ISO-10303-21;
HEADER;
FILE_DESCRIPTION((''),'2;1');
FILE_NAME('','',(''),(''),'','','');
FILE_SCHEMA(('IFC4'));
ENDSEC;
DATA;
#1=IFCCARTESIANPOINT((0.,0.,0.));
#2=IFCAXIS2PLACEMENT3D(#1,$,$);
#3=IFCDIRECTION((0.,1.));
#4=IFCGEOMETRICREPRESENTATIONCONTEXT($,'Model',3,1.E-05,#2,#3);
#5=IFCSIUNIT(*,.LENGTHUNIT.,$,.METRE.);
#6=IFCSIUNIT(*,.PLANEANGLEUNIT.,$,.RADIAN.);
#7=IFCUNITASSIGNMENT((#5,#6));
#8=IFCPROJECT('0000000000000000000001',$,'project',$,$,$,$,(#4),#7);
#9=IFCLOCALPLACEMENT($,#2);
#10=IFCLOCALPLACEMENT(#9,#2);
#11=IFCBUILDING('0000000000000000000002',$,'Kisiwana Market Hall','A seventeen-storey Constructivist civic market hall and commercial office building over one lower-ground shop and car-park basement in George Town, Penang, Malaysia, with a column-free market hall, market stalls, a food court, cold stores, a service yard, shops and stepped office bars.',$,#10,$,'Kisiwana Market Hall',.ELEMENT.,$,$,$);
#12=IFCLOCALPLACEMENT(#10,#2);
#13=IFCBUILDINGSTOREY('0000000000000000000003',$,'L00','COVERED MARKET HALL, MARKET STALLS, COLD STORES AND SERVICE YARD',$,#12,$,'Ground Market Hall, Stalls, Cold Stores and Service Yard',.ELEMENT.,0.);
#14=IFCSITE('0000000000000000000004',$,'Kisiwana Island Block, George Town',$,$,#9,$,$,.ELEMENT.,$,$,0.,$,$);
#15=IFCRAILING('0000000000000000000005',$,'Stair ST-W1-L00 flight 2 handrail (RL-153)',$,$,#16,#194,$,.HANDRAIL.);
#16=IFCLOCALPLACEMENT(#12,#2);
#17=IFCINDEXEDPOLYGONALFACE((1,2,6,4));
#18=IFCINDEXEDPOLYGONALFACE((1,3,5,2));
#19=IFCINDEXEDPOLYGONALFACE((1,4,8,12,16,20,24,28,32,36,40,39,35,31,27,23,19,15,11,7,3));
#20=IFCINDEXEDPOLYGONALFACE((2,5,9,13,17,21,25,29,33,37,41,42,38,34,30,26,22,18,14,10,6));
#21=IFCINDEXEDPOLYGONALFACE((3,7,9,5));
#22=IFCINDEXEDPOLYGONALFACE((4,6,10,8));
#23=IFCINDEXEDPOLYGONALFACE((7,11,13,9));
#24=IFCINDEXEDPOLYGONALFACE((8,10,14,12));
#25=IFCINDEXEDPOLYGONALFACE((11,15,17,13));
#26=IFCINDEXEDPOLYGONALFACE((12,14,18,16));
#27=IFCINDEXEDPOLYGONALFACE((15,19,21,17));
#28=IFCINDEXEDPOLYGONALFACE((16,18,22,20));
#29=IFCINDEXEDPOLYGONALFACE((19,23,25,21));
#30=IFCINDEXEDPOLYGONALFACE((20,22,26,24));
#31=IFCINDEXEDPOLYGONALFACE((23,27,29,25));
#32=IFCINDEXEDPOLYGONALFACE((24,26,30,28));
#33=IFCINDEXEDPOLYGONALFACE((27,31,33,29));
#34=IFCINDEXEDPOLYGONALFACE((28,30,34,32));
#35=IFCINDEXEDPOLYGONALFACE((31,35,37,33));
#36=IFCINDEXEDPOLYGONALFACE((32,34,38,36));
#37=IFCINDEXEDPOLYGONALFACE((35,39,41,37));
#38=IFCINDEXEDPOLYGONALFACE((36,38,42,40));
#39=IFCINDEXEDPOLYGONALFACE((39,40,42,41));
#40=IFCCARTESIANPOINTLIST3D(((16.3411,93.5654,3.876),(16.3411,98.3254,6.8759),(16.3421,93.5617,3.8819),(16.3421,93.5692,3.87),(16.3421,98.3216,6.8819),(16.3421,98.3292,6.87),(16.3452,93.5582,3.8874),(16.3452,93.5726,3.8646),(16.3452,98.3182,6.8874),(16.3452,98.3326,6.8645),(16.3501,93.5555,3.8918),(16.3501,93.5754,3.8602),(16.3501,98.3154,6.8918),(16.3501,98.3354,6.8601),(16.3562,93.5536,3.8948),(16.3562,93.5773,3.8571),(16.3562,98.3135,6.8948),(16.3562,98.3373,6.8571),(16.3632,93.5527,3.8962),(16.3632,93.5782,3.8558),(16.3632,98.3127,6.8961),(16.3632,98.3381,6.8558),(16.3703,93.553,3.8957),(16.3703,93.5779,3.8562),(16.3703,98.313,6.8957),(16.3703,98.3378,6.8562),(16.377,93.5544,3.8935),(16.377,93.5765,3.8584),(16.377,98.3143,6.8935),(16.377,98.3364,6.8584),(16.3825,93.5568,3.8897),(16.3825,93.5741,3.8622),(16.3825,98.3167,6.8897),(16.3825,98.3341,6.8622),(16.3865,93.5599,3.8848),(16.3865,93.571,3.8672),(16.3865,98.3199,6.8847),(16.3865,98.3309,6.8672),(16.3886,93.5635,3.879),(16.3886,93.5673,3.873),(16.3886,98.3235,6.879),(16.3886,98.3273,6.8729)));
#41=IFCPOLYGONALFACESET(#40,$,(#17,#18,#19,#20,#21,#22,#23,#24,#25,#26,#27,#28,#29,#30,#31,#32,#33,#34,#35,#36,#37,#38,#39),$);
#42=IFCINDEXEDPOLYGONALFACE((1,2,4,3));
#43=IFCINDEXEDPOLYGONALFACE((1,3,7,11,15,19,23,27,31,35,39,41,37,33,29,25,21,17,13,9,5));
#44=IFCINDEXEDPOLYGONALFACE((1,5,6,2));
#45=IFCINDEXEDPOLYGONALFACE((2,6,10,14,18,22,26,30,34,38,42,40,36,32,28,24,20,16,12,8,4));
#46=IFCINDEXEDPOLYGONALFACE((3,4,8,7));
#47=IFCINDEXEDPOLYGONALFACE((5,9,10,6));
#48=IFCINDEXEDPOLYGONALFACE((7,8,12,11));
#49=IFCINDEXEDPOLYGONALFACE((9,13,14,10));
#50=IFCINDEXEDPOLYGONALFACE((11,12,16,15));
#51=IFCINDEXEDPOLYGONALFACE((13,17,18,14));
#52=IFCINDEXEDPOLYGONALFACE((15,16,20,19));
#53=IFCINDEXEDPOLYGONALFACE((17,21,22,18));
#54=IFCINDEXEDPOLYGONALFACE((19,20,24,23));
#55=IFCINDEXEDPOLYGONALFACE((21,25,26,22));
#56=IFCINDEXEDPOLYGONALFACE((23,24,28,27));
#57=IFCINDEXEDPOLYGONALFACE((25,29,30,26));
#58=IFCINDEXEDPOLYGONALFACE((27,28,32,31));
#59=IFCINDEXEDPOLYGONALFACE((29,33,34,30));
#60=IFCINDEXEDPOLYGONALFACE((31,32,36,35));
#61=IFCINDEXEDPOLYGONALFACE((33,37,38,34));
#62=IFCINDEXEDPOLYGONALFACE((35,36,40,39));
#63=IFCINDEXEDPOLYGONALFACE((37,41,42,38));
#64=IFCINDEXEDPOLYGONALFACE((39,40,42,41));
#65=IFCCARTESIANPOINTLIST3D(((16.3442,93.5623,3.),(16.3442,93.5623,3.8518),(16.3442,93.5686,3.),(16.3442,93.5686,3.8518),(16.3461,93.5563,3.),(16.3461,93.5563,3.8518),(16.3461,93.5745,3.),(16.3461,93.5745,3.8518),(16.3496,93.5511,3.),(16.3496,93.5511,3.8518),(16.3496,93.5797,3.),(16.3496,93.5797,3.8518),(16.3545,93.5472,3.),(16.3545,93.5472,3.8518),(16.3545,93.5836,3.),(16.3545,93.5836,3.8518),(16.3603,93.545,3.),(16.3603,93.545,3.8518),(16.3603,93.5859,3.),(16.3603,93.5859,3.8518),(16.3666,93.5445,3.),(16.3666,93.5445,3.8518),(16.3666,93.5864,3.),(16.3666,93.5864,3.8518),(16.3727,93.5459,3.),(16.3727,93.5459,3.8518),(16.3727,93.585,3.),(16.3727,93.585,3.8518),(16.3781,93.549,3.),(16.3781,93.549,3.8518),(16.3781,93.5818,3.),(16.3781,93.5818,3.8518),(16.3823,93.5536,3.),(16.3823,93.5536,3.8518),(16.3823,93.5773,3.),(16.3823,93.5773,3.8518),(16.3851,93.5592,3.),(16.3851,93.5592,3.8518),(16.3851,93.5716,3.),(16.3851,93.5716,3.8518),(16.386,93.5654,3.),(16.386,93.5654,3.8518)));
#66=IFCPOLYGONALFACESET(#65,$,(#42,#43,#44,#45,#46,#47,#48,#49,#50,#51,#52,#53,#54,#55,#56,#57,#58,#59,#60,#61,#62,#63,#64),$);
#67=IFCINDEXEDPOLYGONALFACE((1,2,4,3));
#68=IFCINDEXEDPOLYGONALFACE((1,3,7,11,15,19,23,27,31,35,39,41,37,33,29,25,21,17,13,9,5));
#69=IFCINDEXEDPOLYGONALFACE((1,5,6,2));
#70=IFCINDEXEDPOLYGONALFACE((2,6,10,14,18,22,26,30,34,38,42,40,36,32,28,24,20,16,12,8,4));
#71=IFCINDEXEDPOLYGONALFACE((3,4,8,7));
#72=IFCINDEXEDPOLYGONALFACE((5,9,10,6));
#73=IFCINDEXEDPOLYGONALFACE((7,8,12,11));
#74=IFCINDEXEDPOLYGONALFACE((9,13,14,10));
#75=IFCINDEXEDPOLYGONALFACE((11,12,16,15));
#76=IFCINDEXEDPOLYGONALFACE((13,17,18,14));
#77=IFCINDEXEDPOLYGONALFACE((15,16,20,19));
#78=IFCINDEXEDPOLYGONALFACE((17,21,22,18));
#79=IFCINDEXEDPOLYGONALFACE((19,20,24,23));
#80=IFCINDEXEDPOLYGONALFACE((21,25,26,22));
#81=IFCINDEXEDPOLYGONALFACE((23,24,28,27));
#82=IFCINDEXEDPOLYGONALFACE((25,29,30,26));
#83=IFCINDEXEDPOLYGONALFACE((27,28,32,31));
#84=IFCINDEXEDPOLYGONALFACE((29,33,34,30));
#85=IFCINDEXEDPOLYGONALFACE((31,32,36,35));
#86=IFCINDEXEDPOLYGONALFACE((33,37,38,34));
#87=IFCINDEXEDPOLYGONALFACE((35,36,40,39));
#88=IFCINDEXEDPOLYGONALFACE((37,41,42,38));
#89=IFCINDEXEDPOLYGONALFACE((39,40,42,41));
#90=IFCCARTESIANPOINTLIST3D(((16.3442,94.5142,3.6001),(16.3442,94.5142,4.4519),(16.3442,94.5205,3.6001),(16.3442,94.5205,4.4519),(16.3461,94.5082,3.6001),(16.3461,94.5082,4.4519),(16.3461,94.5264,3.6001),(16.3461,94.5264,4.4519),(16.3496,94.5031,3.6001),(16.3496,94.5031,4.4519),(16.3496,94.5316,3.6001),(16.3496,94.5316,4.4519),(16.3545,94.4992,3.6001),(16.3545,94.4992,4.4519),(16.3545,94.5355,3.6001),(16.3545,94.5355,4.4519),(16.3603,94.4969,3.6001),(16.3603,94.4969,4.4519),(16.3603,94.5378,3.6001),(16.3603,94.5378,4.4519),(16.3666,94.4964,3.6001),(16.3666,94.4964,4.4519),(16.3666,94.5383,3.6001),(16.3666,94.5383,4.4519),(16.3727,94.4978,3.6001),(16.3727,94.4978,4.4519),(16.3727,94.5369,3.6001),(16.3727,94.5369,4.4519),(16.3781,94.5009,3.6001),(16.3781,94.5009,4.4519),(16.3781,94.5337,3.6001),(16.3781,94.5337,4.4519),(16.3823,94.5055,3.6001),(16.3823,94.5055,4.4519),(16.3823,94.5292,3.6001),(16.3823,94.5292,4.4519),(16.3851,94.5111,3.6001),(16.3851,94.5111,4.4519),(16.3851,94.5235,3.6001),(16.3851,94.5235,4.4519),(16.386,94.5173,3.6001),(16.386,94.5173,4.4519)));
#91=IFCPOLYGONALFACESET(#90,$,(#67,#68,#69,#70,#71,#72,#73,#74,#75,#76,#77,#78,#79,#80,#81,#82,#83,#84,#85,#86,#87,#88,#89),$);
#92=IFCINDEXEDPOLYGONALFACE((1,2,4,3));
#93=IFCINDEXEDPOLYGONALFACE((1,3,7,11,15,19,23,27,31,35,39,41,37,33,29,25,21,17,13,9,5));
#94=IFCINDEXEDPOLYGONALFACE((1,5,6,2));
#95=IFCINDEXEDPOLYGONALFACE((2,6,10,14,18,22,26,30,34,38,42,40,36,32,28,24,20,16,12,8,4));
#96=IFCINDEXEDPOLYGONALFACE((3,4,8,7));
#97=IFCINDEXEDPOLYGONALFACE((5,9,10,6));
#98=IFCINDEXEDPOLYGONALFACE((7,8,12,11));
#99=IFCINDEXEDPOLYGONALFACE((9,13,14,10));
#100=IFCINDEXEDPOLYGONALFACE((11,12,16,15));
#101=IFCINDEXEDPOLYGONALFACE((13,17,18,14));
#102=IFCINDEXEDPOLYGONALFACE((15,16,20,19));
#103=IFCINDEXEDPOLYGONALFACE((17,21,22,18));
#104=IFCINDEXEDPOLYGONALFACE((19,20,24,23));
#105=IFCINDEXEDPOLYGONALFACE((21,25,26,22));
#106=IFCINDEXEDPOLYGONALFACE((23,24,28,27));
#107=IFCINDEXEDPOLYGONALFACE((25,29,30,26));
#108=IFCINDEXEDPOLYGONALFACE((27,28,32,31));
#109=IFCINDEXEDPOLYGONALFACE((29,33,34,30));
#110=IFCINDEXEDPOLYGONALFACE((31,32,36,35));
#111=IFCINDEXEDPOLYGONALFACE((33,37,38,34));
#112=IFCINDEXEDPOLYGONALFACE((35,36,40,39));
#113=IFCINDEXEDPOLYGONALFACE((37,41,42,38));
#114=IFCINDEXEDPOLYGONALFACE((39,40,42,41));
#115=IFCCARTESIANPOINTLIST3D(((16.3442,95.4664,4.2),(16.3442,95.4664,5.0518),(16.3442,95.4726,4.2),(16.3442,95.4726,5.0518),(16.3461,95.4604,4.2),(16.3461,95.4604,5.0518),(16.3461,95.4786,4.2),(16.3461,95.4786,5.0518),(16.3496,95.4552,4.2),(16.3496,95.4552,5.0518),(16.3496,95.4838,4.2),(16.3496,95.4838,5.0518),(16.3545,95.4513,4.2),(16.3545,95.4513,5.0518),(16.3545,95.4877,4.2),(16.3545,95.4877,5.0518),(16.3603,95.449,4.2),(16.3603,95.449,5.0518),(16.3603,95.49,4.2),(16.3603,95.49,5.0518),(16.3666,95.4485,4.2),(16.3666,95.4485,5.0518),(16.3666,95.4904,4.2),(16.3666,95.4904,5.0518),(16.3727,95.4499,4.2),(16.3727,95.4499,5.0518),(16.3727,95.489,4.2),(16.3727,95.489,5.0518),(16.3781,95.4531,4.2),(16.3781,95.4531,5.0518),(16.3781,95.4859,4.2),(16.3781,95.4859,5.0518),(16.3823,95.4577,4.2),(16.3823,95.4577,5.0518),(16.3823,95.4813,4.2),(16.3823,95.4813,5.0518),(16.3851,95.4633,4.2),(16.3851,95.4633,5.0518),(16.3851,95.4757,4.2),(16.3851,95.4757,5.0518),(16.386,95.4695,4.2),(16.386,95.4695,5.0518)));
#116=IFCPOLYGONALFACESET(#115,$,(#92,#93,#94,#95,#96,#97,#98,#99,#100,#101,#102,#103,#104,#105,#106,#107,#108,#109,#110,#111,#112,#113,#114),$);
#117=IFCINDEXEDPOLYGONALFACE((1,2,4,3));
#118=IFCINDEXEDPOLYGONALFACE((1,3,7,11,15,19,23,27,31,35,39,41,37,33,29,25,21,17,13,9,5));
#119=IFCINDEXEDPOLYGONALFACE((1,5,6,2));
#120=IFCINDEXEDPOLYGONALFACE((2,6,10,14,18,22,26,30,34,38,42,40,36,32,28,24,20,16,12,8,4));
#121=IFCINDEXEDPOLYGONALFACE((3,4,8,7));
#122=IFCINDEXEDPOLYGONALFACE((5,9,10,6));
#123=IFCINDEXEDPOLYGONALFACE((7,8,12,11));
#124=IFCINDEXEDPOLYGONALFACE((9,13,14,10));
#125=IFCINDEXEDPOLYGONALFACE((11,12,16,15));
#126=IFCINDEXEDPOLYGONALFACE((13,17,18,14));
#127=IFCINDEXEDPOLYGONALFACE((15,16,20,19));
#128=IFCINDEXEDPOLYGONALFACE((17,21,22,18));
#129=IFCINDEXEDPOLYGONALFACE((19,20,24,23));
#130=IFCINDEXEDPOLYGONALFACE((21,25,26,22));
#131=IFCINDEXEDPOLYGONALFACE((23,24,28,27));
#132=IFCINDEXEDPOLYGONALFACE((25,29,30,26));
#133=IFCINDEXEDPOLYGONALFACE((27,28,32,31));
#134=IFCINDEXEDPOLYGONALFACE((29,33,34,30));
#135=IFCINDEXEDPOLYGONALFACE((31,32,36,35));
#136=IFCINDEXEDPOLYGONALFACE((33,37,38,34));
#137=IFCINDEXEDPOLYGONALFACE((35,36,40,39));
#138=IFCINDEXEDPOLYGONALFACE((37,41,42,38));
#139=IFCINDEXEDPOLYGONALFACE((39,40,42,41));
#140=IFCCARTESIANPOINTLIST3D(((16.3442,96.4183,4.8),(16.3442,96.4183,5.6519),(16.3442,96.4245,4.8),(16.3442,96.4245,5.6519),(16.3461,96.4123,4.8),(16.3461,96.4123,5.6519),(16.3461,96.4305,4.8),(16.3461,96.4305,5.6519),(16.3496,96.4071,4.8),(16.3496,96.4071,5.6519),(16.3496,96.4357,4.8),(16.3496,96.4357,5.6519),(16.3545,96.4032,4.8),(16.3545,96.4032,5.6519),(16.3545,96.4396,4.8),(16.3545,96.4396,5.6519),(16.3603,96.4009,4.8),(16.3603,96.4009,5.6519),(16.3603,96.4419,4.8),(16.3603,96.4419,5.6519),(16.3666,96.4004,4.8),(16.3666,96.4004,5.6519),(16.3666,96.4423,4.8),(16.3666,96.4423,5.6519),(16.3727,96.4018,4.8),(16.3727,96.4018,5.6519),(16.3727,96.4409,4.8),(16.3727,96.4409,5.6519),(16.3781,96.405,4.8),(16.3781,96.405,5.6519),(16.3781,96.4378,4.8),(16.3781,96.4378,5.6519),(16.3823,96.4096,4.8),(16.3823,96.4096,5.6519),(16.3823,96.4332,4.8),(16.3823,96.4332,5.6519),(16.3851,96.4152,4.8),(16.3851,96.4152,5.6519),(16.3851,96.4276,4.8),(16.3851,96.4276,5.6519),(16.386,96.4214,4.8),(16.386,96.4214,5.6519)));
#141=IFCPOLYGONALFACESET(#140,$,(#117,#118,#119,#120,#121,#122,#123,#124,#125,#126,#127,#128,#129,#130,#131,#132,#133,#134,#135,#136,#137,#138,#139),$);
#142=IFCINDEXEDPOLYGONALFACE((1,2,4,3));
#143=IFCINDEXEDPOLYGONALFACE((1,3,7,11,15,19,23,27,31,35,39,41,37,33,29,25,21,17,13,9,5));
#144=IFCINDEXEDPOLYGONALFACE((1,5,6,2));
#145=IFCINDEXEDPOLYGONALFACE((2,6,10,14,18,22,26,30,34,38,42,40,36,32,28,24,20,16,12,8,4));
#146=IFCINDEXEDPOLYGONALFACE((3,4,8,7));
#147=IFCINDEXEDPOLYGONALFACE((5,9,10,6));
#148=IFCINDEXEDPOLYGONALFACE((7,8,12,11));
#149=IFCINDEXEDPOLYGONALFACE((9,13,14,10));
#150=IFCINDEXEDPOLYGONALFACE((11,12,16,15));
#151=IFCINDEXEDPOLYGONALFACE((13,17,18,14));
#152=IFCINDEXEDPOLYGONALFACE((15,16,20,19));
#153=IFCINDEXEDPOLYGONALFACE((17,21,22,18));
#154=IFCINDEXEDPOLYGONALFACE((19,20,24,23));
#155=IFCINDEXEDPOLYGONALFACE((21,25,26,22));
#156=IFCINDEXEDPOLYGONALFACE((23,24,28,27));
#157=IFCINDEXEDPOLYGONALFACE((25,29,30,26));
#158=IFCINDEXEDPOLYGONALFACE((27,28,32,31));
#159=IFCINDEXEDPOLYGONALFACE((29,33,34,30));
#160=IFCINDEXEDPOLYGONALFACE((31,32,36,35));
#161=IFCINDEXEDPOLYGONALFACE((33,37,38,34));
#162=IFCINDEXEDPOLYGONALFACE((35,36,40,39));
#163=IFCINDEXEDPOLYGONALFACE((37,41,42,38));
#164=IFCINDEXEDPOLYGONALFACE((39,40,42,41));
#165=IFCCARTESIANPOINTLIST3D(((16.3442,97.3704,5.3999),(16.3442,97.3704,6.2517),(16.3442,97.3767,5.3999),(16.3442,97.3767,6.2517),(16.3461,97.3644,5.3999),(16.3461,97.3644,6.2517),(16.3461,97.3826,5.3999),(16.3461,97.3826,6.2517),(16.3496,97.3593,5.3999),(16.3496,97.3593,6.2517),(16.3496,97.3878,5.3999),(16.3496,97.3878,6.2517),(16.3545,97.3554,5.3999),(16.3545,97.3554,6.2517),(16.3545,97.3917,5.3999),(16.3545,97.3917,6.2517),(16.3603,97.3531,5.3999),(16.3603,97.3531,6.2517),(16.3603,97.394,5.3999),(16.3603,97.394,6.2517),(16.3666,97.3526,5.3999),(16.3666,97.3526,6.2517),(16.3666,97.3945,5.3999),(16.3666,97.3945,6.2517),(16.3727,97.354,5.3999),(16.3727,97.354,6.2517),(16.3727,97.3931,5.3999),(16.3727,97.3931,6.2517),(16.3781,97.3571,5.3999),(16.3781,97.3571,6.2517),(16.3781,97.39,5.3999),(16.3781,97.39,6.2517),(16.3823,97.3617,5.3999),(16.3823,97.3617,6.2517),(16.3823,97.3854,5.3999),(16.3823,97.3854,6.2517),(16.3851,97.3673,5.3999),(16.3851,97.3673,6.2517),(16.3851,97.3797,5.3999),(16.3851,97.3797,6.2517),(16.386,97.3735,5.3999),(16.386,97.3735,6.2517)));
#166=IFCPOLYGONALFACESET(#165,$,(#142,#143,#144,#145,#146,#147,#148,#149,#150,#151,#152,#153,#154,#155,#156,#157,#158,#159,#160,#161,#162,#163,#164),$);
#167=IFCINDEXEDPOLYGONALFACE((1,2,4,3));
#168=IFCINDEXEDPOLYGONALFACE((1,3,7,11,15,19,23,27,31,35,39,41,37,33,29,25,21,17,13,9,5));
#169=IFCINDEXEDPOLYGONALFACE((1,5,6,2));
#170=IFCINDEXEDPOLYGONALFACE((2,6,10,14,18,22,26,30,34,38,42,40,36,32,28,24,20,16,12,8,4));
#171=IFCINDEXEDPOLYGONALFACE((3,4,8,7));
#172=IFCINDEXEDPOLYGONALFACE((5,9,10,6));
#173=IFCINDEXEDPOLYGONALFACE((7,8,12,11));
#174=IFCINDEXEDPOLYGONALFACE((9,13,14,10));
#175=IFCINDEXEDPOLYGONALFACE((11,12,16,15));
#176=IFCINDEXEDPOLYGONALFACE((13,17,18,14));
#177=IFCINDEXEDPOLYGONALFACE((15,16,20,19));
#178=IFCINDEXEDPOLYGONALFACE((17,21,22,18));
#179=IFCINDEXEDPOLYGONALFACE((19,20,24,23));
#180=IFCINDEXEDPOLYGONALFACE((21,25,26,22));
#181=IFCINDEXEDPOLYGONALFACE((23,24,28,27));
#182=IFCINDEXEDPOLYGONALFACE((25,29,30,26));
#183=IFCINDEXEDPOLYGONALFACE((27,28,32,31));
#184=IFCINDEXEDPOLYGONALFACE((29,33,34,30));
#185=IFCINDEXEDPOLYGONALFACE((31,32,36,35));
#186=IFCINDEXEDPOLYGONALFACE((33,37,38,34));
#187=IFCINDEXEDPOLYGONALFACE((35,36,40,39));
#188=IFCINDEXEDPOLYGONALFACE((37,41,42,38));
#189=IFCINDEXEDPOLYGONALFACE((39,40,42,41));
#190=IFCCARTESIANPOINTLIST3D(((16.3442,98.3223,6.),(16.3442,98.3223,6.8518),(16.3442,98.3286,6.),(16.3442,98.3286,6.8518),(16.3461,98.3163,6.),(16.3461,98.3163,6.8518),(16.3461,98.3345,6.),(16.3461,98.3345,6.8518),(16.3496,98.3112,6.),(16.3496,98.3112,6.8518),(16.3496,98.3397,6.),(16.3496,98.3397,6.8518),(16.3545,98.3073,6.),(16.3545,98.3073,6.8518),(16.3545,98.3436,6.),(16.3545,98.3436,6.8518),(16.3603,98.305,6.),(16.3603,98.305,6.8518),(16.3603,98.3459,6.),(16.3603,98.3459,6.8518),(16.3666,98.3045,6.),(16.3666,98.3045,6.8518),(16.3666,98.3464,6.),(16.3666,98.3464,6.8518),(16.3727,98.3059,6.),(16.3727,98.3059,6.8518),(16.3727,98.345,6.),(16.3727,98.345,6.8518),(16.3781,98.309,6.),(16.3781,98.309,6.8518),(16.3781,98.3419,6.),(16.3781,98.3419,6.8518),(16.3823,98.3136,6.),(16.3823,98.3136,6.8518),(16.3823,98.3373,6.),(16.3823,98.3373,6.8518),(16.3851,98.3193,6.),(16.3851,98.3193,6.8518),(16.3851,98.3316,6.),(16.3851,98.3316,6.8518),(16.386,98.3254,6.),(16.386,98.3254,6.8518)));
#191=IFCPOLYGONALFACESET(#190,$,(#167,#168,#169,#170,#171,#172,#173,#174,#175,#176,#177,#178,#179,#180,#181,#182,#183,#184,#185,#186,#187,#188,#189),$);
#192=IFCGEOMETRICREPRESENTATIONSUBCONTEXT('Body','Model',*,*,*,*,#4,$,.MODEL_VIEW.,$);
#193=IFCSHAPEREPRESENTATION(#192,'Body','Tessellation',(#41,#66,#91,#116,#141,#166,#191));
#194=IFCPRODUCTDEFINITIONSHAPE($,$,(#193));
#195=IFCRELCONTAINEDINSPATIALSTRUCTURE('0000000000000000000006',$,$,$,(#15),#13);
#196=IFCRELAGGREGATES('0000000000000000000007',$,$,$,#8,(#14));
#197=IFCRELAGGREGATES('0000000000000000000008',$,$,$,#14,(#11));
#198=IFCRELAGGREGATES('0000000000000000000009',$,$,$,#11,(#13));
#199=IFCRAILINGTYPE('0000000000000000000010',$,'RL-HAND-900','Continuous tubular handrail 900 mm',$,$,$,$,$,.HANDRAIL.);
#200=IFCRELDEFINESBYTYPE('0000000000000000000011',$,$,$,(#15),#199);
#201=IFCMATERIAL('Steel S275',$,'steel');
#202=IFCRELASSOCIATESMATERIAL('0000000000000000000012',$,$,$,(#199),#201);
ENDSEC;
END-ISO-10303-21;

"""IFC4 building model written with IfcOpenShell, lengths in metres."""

from ifc_helpers import new_model, si_unit, direction, frame, origin, origin_2d, place, context, subcontext, project, spatial, circle, extrude, material, type_object, element, save


model = new_model("IFC4")

# Units and contexts
model_context = context("Model", 3, precision=1e-05, world=origin(), true_north=direction((0.0, 1.0)))
body_context = subcontext(model_context, "Body", "Model", "MODEL_VIEW")
ifc_project = project(units=[si_unit("LENGTHUNIT", "METRE"), si_unit("PLANEANGLEUNIT", "RADIAN")], contexts=[model_context])

# Site, building, storey
site_placement = place(None, origin())
site = spatial("IfcSite", under=ifc_project, at=site_placement, Name="Kisiwana Island Block, George Town", CompositionType="ELEMENT", RefElevation=0.0)
building_placement = place(site_placement, origin())
building = spatial("IfcBuilding", under=site, at=building_placement, Name="Kisiwana Market Hall", Description="A seventeen-storey Constructivist civic market hall and commercial office building over one lower-ground shop and car-park basement in George Town, Penang, Malaysia, with a column-free market hall, market stalls, a food court, cold stores, a service yard, shops and stepped office bars.", LongName="Kisiwana Market Hall", CompositionType="ELEMENT")
storey_placement = place(building_placement, origin())
storey = spatial("IfcBuildingStorey", under=building, at=storey_placement, Name="L00", Description="COVERED MARKET HALL, MARKET STALLS, COLD STORES AND SERVICE YARD", LongName="Ground Market Hall, Stalls, Cold Stores and Service Yard", CompositionType="ELEMENT", Elevation=0.0)

# Railing
ifc_material_1 = material(Name="Steel S275", Category="steel")
railing_type_1 = type_object("IfcRailingType", Name="RL-HAND-900", Description="Continuous tubular handrail 900 mm", PredefinedType="HANDRAIL", material=ifc_material_1)
railing_1_placement = place(storey_placement, frame((16.365, 93.5654, 3.0)))
element("IfcRailing", 1, at=railing_1_placement, inside=storey, type_object=railing_type_1, Name="Stair ST-W1-L00 flight 2 handrail (RL-153)", PredefinedType="HANDRAIL", context=body_context, shape_type="SweptSolid", body=[
    extrude(circle(Radius=0.0239, at=origin_2d()), frame((0.0, 0.0, 0.876), z_axis=(0.0, 0.845996, 0.53319), x_axis=(-1.0, 0.0, 0.0)), (0.0, 0.0, 1.0), 5.6265),
    extrude(circle(Radius=0.021, at=origin_2d()), origin(), (0.0, 0.0, 1.0), 0.8518),
    extrude(circle(Radius=0.021, at=origin_2d()), frame((0.0, 0.9519, 0.6001)), (0.0, 0.0, 1.0), 0.8518),
    extrude(circle(Radius=0.021, at=origin_2d()), frame((0.0, 1.9041, 1.2)), (0.0, 0.0, 1.0), 0.8518),
    extrude(circle(Radius=0.021, at=origin_2d()), frame((0.0, 2.856, 1.8)), (0.0, 0.0, 1.0), 0.8518),
    extrude(circle(Radius=0.021, at=origin_2d()), frame((0.0, 3.8081, 2.3999)), (0.0, 0.0, 1.0), 0.8518),
    extrude(circle(Radius=0.021, at=origin_2d()), frame((0.0, 4.76, 3.0)), (0.0, 0.0, 1.0), 0.8518),
])

save(model, "model.ifc")
